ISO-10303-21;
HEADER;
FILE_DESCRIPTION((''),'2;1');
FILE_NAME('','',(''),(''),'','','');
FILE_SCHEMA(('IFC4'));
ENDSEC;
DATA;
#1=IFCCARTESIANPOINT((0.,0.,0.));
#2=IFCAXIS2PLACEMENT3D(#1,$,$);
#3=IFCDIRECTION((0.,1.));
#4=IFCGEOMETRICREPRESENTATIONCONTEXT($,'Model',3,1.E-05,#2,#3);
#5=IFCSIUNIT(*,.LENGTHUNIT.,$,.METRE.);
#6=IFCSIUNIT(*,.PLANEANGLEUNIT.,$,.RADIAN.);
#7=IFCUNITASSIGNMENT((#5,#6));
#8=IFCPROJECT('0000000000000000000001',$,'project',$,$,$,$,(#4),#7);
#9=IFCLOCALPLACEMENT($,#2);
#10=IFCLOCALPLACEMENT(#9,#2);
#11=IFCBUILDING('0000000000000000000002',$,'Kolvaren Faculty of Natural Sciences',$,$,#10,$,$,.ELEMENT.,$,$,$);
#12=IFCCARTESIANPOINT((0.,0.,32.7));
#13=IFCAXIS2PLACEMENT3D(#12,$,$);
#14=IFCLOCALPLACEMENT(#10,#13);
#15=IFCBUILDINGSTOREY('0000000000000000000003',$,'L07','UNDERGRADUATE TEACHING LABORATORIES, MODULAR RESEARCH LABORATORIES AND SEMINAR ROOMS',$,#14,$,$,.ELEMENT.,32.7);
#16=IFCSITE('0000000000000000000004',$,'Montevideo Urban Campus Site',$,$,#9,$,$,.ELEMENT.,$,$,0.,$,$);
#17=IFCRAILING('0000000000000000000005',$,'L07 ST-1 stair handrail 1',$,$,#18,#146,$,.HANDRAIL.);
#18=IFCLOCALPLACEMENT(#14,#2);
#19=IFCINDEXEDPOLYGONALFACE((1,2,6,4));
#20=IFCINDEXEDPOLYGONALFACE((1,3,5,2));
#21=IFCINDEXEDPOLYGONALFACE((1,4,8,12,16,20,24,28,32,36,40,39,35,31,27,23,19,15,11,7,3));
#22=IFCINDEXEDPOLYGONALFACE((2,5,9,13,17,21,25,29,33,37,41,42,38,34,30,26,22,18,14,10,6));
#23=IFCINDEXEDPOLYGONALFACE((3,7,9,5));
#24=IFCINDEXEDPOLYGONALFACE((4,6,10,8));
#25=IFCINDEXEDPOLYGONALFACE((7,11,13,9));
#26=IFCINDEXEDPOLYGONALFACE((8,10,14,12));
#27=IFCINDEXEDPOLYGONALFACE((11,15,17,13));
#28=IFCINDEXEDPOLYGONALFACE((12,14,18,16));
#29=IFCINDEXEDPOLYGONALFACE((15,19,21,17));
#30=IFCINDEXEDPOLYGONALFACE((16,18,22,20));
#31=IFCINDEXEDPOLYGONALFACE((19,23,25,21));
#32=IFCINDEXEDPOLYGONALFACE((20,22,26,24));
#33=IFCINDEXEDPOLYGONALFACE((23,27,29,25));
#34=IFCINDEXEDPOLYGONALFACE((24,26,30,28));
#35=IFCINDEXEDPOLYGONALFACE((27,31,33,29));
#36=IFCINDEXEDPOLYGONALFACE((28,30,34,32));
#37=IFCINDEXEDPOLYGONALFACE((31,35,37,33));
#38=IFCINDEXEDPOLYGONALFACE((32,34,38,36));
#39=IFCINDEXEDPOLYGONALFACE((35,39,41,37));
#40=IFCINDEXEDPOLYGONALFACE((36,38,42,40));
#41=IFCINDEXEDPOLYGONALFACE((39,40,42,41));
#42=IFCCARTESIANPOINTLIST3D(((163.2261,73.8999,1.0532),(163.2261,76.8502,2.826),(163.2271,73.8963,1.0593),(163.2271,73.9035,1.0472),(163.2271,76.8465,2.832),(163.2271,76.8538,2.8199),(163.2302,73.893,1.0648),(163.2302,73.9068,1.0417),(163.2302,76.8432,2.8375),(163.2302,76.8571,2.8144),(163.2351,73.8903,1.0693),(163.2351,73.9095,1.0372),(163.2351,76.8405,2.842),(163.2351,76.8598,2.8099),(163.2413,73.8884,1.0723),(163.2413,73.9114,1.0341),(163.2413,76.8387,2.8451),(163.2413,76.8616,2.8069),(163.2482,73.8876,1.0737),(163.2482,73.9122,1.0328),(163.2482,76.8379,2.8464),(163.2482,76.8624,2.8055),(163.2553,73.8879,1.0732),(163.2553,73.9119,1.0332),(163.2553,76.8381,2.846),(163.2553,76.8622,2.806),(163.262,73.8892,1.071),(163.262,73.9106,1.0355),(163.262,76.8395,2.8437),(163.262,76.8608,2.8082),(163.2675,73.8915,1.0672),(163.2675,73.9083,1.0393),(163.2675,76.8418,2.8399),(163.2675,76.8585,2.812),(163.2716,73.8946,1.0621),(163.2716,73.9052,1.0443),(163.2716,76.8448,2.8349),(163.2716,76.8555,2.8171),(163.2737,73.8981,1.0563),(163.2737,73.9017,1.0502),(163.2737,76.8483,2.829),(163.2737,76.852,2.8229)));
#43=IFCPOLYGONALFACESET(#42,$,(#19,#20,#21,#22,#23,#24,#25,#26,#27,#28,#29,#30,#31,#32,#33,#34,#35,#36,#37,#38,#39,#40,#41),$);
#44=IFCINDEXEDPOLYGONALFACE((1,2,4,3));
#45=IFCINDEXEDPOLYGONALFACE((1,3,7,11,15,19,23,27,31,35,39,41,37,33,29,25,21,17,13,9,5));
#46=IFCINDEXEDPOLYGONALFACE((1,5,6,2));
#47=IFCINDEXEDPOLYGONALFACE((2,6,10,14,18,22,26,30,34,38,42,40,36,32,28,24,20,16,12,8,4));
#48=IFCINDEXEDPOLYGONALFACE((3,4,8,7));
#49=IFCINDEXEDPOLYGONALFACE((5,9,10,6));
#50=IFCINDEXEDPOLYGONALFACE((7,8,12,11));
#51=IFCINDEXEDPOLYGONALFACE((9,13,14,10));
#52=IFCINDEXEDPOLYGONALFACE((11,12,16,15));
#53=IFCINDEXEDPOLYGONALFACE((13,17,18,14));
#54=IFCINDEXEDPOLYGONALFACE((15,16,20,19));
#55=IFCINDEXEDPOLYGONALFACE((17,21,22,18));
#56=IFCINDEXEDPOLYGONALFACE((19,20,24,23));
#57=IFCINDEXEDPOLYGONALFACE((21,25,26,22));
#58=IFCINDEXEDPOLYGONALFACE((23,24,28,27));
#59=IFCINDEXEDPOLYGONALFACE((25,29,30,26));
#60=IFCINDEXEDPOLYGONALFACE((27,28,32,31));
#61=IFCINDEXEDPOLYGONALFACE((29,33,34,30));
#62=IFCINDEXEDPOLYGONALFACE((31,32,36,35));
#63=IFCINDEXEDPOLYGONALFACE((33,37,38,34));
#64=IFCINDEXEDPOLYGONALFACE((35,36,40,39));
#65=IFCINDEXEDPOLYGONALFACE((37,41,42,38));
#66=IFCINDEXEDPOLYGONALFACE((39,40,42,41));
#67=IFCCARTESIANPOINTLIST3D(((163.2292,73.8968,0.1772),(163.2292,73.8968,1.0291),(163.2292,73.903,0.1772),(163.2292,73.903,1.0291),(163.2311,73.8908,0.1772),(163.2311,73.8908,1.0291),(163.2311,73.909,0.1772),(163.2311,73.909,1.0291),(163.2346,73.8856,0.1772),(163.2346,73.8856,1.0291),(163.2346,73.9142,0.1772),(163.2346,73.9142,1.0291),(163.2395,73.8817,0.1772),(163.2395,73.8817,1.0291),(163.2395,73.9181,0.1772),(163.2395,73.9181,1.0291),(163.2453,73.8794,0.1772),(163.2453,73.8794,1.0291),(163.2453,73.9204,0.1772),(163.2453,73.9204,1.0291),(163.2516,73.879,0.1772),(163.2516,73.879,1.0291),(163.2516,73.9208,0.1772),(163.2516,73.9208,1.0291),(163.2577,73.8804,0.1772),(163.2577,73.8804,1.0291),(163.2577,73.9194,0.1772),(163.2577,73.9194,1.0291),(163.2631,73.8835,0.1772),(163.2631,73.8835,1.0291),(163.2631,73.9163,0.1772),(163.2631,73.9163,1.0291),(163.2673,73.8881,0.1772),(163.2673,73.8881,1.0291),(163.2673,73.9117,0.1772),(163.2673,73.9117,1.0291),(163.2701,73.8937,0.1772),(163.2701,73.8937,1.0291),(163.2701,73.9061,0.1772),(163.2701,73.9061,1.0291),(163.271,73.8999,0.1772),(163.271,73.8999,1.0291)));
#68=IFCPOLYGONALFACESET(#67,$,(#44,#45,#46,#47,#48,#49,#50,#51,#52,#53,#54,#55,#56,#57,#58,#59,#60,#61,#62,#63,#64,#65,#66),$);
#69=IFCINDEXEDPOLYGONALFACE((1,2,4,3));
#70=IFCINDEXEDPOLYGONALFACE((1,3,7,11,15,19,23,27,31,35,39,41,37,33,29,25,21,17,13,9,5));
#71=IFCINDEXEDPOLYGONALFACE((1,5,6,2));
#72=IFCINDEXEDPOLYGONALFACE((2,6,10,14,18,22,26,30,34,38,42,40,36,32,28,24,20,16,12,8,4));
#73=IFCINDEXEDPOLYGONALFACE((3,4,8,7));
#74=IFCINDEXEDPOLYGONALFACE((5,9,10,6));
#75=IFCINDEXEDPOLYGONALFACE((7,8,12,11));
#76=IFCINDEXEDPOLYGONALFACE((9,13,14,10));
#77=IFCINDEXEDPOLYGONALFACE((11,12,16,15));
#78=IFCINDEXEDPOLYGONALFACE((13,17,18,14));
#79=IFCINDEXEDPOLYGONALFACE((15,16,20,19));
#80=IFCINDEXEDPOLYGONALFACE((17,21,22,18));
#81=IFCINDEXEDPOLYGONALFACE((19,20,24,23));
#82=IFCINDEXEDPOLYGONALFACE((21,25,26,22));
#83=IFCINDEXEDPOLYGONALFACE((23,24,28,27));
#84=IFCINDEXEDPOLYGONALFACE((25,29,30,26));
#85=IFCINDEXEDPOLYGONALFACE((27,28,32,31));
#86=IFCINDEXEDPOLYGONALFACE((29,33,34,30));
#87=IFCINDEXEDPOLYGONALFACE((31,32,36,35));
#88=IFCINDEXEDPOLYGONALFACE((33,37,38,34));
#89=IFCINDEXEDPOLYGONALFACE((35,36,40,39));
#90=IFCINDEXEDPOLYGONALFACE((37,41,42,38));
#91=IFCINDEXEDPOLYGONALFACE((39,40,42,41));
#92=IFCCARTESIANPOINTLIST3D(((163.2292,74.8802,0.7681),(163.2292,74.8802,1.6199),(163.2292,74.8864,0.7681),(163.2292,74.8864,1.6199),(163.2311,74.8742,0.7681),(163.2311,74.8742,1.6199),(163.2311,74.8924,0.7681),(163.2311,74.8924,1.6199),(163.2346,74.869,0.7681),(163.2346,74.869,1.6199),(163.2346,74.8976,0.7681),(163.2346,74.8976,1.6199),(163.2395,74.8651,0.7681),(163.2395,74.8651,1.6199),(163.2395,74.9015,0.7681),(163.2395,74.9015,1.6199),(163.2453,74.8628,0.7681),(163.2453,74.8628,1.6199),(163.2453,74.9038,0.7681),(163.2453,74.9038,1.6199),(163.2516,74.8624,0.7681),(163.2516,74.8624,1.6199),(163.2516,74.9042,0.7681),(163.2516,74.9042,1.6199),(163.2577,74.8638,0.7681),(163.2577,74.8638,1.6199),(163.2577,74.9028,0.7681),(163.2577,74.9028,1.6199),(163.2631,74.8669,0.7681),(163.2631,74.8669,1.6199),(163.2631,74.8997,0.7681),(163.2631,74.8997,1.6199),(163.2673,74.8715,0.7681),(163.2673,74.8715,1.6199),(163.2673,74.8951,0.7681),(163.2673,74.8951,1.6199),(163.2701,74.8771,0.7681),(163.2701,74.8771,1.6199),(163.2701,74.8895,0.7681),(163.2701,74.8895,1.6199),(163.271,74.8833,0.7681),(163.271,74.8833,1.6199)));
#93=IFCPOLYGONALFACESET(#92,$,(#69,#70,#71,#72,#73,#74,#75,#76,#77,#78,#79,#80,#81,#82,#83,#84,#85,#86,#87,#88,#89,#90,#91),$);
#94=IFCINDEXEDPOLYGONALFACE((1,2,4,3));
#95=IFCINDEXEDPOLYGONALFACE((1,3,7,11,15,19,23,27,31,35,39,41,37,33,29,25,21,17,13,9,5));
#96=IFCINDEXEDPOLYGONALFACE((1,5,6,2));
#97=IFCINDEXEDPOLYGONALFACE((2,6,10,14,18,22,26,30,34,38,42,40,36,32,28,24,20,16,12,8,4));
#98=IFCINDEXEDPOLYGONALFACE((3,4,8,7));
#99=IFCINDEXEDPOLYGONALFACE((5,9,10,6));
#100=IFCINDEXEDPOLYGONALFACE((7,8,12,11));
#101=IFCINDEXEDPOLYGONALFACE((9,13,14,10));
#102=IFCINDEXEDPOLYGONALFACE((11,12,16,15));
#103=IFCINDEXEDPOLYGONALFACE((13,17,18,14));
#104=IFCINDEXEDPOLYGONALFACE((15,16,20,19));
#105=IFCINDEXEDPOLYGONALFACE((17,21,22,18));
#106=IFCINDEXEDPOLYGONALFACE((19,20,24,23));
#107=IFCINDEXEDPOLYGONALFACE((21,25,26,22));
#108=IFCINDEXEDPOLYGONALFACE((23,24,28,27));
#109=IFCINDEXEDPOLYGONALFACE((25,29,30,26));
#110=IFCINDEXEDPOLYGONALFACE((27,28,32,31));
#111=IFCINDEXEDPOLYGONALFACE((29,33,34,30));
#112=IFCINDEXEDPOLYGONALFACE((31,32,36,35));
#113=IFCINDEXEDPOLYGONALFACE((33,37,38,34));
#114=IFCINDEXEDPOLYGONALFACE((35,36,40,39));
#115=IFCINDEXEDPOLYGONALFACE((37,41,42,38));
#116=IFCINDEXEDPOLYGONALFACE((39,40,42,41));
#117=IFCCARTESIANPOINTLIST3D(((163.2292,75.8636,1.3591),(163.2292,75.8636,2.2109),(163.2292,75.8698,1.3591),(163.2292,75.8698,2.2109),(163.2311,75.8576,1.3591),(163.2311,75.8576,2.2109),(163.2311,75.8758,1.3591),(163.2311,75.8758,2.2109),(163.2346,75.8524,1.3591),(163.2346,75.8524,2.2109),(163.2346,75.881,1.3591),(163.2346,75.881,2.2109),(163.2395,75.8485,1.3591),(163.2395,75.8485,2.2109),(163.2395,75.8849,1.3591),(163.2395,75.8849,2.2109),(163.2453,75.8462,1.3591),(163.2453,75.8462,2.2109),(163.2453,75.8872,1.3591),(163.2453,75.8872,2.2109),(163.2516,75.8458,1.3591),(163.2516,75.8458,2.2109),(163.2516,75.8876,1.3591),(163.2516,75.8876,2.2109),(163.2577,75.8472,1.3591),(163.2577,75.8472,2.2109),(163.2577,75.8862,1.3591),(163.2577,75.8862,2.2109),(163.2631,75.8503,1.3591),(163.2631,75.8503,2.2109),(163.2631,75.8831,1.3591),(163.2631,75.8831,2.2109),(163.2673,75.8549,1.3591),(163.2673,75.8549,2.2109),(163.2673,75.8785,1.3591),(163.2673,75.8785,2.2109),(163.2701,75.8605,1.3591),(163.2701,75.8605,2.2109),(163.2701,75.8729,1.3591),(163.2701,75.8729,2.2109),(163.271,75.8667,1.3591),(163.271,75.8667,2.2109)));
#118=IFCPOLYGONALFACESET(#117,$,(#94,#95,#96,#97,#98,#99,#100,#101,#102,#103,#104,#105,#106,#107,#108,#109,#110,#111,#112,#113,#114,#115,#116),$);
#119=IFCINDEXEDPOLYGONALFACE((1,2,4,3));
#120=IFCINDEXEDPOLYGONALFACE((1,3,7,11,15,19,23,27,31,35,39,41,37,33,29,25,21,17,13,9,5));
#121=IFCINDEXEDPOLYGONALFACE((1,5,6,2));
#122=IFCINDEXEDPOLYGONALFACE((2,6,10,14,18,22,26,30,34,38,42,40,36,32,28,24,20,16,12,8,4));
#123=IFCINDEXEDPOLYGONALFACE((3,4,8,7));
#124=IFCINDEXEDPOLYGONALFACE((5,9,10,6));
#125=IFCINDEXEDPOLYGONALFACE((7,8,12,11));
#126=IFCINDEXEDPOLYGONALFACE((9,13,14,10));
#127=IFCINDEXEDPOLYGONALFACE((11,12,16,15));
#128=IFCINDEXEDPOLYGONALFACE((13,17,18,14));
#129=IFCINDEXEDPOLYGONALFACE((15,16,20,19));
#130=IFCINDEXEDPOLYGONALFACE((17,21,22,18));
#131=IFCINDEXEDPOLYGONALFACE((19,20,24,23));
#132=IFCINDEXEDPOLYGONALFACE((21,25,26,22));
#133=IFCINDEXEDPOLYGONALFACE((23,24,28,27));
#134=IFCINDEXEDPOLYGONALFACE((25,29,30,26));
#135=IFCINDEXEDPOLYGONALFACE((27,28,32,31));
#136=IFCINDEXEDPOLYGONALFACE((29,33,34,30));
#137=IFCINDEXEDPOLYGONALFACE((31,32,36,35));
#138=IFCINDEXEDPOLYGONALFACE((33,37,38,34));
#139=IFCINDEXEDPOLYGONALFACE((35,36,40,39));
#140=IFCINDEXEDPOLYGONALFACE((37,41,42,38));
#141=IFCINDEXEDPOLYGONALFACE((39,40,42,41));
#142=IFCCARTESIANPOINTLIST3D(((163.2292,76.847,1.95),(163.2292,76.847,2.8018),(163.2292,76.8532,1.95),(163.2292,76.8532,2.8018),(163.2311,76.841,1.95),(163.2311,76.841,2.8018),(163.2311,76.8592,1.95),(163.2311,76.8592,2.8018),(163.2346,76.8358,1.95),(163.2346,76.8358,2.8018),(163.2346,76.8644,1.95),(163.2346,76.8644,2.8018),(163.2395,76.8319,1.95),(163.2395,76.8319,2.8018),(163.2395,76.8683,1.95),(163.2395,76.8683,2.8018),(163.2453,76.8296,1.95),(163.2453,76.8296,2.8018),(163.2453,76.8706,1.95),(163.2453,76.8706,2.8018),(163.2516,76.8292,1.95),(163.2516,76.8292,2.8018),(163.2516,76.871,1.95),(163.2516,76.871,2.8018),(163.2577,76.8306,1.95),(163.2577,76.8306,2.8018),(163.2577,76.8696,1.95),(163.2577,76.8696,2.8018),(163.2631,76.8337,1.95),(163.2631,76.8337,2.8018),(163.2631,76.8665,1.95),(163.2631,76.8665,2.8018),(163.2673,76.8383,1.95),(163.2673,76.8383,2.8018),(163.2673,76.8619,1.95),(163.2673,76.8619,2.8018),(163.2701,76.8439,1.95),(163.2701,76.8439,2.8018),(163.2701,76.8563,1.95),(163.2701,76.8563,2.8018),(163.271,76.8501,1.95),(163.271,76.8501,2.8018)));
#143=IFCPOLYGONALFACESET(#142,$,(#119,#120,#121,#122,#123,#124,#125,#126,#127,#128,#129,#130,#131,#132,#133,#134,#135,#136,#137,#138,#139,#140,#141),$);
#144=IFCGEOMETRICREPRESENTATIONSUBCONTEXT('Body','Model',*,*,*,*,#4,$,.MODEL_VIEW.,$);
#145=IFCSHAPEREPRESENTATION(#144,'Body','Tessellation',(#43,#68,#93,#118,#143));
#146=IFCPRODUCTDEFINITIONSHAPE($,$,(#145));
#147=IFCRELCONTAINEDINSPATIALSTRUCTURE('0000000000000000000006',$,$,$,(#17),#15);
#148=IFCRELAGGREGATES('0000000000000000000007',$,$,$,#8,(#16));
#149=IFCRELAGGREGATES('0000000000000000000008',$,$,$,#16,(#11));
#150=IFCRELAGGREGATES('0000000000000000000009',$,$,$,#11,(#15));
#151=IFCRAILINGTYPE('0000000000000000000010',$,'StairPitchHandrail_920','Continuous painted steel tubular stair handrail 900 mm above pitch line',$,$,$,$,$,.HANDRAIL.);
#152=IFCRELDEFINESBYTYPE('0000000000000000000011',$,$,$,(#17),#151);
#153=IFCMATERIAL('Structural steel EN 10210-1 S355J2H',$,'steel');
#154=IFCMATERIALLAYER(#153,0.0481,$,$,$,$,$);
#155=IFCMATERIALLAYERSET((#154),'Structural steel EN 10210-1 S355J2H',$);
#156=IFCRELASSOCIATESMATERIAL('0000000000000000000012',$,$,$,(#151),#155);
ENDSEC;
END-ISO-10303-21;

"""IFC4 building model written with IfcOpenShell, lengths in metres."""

from ifc_helpers import new_model, si_unit, direction, frame, origin, origin_2d, place, context, subcontext, project, spatial, circle, extrude, material, layer, layer_set, type_object, element, save


model = new_model("IFC4")

# Units and contexts
model_context = context("Model", 3, precision=1e-05, world=origin(), true_north=direction((0.0, 1.0)))
body_context = subcontext(model_context, "Body", "Model", "MODEL_VIEW")
ifc_project = project(units=[si_unit("LENGTHUNIT", "METRE"), si_unit("PLANEANGLEUNIT", "RADIAN")], contexts=[model_context])

# Site, building, storey
site_placement = place(None, origin())
site = spatial("IfcSite", under=ifc_project, at=site_placement, Name="Montevideo Urban Campus Site", CompositionType="ELEMENT", RefElevation=0.0)
building_placement = place(site_placement, origin())
building = spatial("IfcBuilding", under=site, at=building_placement, Name="Kolvaren Faculty of Natural Sciences", CompositionType="ELEMENT")
storey_placement = place(building_placement, frame((0.0, 0.0, 32.7)))
storey = spatial("IfcBuildingStorey", under=building, at=storey_placement, Name="L07", Description="UNDERGRADUATE TEACHING LABORATORIES, MODULAR RESEARCH LABORATORIES AND SEMINAR ROOMS", CompositionType="ELEMENT", Elevation=32.7)

# Railing
ifc_material_1 = material(Name="Structural steel EN 10210-1 S355J2H", Category="steel")
ifc_layer_1 = layer(ifc_material_1, 0.0481)
ifc_layer_set_1 = layer_set([ifc_layer_1], Name="Structural steel EN 10210-1 S355J2H")
railing_type_1 = type_object("IfcRailingType", Name="StairPitchHandrail_920", Description="Continuous painted steel tubular stair handrail 900 mm above pitch line", PredefinedType="HANDRAIL", material=ifc_layer_set_1)
railing_1_placement = place(storey_placement, frame((163.25, 73.8999, 0.1772)))
element("IfcRailing", 1, at=railing_1_placement, inside=storey, type_object=railing_type_1, Name="L07 ST-1 stair handrail 1", PredefinedType="HANDRAIL", context=body_context, shape_type="SweptSolid", body=[
    extrude(circle(Radius=0.0239, at=origin_2d()), frame((0.0, 0.0, 0.876), z_axis=(0.0, 0.857161, 0.515049), x_axis=(-1.0, 0.0, 0.0)), (0.0, 0.0, 1.0), 3.4419),
    extrude(circle(Radius=0.021, at=origin_2d()), origin(), (0.0, 0.0, 1.0), 0.8518),
    extrude(circle(Radius=0.021, at=origin_2d()), frame((0.0, 0.9834, 0.5908)), (0.0, 0.0, 1.0), 0.8518),
    extrude(circle(Radius=0.021, at=origin_2d()), frame((0.0, 1.9668, 1.1819)), (0.0, 0.0, 1.0), 0.8518),
    extrude(circle(Radius=0.021, at=origin_2d()), frame((0.0, 2.9502, 1.7727)), (0.0, 0.0, 1.0), 0.8518),
])

save(model, "model.ifc")
